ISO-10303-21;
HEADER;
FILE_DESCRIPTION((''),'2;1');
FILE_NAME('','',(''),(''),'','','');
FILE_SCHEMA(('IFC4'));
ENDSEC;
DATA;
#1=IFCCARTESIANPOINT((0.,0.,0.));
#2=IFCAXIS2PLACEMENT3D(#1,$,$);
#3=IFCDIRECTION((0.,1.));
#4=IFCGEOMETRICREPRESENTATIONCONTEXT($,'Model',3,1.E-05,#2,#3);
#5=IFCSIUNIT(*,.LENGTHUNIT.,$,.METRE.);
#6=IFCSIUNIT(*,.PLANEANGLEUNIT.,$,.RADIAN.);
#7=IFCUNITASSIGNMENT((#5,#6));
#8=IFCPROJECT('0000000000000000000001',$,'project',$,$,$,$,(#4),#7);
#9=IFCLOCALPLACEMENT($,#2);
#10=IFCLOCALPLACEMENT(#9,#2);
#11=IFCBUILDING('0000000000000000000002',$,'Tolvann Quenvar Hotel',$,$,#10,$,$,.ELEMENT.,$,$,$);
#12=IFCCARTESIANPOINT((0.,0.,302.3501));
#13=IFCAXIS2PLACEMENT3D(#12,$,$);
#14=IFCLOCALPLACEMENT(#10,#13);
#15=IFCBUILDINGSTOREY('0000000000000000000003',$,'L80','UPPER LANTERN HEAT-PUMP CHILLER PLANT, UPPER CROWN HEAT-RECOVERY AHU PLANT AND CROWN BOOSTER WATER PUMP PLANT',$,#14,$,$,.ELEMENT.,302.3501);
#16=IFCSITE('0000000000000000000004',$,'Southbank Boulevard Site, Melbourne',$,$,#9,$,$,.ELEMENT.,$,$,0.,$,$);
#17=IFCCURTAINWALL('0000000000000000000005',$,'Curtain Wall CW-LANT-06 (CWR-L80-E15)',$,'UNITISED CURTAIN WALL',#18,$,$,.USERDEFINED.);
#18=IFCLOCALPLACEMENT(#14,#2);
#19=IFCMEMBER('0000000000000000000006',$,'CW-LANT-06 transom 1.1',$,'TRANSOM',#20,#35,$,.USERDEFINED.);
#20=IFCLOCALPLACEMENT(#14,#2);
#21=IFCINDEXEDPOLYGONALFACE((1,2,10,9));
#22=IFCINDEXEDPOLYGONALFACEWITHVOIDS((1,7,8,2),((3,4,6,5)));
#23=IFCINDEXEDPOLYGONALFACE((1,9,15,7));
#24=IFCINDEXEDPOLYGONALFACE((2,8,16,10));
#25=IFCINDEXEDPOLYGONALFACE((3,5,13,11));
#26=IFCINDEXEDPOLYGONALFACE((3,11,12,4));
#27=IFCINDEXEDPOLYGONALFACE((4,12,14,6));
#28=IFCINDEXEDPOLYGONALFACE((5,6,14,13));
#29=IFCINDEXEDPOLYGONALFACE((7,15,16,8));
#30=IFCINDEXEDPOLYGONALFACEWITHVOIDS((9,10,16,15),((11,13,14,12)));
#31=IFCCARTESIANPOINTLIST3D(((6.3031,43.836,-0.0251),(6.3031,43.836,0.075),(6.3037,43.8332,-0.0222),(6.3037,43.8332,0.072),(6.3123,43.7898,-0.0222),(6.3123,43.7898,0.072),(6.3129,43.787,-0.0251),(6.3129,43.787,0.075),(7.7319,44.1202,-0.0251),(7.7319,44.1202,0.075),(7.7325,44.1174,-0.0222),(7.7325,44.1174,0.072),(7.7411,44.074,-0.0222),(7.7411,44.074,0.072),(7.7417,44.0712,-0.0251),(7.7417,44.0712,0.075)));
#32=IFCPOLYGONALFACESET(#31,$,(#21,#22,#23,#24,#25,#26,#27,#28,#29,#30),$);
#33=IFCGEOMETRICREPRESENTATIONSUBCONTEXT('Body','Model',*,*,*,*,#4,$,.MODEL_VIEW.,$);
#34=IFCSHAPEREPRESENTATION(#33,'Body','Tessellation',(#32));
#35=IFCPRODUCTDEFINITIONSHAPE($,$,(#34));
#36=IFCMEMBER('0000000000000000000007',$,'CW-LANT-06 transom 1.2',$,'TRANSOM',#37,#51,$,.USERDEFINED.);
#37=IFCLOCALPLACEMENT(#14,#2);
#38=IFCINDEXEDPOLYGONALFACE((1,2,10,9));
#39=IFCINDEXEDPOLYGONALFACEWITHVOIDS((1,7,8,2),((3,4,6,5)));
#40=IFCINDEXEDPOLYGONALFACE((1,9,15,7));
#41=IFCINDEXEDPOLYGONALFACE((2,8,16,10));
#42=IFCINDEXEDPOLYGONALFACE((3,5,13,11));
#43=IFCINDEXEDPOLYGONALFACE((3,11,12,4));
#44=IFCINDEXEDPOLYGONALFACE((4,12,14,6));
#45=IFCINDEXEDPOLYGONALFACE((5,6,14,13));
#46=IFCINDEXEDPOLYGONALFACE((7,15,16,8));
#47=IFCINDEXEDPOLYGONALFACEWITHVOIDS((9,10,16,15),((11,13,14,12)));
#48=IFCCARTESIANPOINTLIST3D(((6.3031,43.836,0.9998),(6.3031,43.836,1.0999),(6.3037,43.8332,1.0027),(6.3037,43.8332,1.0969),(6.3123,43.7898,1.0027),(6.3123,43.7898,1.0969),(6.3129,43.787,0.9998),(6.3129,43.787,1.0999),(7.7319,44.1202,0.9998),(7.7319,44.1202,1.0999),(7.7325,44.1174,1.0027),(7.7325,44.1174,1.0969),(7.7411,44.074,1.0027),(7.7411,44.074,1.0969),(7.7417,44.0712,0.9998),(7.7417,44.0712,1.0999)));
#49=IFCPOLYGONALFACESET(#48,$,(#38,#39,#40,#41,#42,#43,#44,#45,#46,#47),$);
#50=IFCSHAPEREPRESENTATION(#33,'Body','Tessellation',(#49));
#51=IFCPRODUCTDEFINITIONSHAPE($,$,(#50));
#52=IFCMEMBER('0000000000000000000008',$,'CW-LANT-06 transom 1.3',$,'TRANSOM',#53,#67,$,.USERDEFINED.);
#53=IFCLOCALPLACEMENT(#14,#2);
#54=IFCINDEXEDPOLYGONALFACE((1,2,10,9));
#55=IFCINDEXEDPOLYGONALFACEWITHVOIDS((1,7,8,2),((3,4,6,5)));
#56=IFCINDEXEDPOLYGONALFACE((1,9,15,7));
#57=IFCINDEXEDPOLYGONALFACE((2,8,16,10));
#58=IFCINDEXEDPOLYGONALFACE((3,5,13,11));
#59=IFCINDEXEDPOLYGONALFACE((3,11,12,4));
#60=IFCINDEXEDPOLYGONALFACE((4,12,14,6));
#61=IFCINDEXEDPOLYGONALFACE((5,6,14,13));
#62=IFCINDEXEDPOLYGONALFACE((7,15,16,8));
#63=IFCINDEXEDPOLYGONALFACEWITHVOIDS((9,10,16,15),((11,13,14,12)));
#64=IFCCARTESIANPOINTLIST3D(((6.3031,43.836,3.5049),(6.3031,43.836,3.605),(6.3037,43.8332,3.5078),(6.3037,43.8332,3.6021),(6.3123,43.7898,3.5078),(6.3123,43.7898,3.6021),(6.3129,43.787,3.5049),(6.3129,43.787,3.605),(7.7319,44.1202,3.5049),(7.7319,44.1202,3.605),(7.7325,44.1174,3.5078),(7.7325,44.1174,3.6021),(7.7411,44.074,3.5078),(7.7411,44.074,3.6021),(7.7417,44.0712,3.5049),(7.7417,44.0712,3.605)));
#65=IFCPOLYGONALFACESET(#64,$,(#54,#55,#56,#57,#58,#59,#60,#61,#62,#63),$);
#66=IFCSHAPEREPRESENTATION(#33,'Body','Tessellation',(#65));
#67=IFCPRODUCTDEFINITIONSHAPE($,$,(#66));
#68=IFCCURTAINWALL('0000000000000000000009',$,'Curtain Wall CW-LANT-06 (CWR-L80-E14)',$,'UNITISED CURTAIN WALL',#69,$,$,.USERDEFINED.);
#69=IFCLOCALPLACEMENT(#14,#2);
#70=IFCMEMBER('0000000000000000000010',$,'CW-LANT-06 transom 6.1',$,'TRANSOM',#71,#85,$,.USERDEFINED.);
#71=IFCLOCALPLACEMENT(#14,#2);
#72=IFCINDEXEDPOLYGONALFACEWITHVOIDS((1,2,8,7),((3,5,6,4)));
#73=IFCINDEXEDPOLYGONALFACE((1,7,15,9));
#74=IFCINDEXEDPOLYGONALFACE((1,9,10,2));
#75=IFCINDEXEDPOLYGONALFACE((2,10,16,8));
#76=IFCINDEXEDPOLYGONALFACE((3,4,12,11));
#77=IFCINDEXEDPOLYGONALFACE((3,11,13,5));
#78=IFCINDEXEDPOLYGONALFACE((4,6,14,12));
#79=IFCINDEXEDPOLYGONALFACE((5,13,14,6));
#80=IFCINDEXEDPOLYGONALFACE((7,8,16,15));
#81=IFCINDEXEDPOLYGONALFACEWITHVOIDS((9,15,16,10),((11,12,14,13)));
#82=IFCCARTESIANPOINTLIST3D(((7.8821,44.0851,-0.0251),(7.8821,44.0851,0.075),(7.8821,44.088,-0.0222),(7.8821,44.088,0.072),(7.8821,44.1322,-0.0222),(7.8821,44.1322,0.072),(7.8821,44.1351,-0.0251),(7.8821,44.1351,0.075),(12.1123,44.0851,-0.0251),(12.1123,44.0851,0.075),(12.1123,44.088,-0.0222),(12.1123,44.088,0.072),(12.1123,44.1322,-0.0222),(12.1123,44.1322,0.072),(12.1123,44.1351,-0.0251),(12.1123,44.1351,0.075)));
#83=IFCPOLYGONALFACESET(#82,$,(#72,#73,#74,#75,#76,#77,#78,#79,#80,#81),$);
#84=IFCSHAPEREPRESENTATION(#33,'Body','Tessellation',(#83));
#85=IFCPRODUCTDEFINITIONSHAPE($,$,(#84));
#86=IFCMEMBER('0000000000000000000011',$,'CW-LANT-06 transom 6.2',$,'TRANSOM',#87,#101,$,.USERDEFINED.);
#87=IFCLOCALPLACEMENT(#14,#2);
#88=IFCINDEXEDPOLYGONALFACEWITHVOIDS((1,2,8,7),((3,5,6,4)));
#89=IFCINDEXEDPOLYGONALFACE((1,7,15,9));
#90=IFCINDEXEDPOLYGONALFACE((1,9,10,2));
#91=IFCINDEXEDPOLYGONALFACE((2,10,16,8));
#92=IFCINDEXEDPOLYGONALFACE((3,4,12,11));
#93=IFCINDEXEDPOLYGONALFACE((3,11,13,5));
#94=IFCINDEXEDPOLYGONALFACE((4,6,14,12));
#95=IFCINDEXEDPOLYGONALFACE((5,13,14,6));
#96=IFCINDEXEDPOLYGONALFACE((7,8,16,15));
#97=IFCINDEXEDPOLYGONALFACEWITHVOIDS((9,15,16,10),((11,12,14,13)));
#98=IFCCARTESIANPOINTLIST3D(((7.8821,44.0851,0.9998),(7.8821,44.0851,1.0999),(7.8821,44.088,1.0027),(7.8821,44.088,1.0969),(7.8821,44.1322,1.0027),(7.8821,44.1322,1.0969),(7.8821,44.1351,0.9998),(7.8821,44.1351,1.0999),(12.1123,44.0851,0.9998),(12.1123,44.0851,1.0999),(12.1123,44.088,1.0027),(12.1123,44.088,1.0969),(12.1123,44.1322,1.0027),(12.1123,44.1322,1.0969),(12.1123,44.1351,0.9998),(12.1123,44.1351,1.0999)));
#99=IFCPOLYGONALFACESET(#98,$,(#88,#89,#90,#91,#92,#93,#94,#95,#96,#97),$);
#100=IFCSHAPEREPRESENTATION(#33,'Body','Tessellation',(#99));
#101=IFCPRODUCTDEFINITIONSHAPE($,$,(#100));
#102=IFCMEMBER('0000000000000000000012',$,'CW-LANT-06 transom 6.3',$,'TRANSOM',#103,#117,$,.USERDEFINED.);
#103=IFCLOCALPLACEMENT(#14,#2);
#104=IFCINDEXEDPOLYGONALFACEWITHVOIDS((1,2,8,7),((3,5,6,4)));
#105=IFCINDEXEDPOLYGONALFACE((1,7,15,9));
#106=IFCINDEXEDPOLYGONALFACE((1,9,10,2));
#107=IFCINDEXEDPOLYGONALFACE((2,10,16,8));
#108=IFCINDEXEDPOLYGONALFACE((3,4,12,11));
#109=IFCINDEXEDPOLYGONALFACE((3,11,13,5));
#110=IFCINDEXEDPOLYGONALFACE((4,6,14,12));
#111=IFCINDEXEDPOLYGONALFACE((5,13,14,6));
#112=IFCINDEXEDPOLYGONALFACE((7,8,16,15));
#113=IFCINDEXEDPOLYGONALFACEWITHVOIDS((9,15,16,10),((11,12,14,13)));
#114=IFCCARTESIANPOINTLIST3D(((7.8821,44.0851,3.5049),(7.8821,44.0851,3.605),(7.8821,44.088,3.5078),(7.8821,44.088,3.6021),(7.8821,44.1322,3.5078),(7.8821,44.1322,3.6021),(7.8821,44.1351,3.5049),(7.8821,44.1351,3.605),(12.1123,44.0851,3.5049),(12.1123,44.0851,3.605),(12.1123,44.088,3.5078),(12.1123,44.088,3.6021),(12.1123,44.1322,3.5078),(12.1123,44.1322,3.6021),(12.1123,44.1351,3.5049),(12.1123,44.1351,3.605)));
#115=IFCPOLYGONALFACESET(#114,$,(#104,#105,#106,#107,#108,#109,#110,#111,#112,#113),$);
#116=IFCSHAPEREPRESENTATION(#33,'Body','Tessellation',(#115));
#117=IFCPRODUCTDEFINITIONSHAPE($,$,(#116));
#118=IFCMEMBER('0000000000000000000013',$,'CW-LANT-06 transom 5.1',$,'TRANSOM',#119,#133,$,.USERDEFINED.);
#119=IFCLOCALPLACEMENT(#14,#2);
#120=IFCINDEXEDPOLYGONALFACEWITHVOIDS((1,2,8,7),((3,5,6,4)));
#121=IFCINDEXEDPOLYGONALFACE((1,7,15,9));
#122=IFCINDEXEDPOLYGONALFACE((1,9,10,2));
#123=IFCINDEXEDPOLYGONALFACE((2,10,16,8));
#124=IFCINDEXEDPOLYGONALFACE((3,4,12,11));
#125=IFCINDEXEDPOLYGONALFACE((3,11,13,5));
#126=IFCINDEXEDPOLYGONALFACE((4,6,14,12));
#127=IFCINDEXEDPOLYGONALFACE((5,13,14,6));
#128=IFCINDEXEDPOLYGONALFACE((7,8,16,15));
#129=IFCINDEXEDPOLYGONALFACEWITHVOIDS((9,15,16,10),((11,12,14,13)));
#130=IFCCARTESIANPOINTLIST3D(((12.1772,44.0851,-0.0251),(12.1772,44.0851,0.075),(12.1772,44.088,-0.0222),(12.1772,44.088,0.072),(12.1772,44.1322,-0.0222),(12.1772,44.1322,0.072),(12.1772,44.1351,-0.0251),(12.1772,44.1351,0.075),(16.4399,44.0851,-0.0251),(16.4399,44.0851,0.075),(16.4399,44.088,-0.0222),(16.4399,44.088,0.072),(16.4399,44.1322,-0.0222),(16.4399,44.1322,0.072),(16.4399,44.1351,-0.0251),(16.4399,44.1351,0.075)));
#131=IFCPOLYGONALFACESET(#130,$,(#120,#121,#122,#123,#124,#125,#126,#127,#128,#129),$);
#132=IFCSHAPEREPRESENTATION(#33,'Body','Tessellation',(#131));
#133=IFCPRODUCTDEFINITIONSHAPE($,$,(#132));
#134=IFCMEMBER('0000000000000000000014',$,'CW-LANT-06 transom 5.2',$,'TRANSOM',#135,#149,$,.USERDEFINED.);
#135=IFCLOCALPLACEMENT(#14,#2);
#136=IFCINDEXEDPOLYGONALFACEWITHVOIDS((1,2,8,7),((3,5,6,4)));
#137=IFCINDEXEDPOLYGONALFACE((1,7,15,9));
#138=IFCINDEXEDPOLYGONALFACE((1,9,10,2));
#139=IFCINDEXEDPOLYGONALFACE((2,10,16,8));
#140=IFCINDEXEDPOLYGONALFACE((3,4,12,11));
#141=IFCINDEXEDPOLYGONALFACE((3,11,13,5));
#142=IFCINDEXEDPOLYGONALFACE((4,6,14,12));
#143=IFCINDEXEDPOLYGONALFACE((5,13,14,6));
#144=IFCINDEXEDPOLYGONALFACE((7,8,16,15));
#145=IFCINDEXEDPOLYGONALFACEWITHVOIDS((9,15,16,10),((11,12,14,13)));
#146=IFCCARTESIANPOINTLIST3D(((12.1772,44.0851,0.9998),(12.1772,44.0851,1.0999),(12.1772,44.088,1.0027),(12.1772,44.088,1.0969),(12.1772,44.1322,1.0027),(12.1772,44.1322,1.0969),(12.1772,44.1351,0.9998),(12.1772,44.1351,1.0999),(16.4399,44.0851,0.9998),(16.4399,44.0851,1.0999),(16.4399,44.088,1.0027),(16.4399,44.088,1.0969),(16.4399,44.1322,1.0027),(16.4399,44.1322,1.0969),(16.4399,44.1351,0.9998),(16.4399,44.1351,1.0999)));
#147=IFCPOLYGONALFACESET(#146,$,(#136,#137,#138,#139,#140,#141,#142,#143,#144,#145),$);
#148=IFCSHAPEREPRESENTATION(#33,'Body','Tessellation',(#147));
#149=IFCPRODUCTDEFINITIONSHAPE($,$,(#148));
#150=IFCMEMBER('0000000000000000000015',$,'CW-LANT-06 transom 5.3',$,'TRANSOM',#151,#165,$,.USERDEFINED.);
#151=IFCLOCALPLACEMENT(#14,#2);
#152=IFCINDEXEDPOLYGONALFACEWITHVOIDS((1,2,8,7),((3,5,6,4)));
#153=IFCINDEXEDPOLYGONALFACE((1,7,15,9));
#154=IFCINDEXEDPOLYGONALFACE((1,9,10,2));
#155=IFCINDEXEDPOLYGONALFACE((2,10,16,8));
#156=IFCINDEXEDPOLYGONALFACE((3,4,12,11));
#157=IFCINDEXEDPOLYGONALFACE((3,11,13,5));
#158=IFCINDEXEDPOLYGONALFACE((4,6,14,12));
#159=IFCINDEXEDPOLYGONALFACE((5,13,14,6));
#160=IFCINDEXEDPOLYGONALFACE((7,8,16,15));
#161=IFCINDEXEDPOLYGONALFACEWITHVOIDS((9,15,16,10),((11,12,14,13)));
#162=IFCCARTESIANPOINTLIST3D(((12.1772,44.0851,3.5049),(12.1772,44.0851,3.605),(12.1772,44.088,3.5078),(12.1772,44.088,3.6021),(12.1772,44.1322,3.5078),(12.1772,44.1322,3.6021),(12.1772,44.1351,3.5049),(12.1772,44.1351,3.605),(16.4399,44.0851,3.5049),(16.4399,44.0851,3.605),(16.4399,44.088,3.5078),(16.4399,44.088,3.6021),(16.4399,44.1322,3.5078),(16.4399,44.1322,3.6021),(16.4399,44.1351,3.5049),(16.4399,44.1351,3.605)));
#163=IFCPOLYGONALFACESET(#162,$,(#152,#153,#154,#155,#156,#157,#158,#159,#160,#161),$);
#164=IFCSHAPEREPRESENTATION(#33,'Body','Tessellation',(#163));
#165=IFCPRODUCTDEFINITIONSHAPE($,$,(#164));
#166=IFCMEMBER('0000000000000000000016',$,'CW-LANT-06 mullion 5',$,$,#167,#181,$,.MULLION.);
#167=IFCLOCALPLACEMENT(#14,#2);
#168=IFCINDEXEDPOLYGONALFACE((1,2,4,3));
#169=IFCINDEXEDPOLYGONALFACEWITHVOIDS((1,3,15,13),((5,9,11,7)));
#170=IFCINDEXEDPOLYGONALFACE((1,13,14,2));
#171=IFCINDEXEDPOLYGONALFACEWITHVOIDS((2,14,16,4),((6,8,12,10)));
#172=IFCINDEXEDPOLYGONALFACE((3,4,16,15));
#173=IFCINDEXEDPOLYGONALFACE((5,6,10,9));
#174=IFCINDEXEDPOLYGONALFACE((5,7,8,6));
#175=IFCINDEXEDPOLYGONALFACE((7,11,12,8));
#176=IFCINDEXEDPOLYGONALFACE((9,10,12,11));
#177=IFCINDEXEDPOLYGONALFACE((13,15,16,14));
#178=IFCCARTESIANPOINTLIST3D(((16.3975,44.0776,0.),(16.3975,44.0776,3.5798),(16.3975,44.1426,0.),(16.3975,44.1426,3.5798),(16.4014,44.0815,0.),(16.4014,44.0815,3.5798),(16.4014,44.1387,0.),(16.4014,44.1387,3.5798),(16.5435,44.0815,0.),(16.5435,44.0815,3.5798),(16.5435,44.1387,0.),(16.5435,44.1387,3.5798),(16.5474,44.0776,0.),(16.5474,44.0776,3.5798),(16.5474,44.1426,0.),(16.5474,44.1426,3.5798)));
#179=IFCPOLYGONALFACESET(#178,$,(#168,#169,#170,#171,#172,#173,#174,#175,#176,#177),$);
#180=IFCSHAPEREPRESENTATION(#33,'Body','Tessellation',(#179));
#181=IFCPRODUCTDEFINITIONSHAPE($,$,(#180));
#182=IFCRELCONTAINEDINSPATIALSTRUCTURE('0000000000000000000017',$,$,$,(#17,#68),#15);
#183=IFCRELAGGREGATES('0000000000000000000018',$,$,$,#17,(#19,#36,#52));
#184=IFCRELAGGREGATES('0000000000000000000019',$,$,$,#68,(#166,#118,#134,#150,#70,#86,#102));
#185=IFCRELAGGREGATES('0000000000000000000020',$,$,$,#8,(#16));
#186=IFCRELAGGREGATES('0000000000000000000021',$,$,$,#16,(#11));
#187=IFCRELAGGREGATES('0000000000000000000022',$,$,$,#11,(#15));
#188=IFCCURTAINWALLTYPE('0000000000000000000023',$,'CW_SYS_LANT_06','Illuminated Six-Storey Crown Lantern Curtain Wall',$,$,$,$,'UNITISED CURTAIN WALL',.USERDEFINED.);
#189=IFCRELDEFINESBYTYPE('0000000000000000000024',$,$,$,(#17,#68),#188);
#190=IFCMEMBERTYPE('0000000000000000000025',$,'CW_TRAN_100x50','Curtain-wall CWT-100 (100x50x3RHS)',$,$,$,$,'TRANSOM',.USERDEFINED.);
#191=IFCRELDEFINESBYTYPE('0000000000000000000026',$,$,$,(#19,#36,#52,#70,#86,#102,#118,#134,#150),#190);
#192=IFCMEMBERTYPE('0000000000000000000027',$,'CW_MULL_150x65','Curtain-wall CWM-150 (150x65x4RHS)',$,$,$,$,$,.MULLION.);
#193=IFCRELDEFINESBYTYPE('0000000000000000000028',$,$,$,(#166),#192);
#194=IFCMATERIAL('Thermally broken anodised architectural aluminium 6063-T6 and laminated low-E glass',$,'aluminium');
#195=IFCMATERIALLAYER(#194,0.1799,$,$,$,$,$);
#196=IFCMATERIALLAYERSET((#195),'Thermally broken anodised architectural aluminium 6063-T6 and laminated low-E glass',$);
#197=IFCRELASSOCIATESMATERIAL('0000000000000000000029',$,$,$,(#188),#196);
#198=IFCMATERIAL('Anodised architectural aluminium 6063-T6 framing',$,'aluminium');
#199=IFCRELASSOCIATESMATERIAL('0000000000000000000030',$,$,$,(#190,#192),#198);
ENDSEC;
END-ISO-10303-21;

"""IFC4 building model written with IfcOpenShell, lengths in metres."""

from ifc_helpers import new_model, si_unit, direction, frame, origin, origin_2d, place, context, subcontext, project, spatial, hollow_rectangle, extrude, source, transform, mapped, material, layer, layer_set, material_profile, profile_set, type_object, type_shapes, element, aggregate, save


model = new_model("IFC4")

# Units and contexts
model_context = context("Model", 3, precision=1e-05, world=origin(), true_north=direction((0.0, 1.0)))
body_context = subcontext(model_context, "Body", "Model", "MODEL_VIEW")
ifc_project = project(units=[si_unit("LENGTHUNIT", "METRE"), si_unit("PLANEANGLEUNIT", "RADIAN")], contexts=[model_context])

# Site, building, storey
site_placement = place(None, origin())
site = spatial("IfcSite", under=ifc_project, at=site_placement, Name="Southbank Boulevard Site, Melbourne", CompositionType="ELEMENT", RefElevation=0.0)
building_placement = place(site_placement, origin())
building = spatial("IfcBuilding", under=site, at=building_placement, Name="Tolvann Quenvar Hotel", CompositionType="ELEMENT")
storey_placement = place(building_placement, frame((0.0, 0.0, 302.3501)))
storey = spatial("IfcBuildingStorey", under=building, at=storey_placement, Name="L80", Description="UPPER LANTERN HEAT-PUMP CHILLER PLANT, UPPER CROWN HEAT-RECOVERY AHU PLANT AND CROWN BOOSTER WATER PUMP PLANT", CompositionType="ELEMENT", Elevation=302.3501)

# Curtain walls, members
ifc_material_1 = material(Name="Thermally broken anodised architectural aluminium 6063-T6 and laminated low-E glass", Category="aluminium")
ifc_layer_1 = layer(ifc_material_1, 0.1799)
ifc_layer_set_1 = layer_set([ifc_layer_1], Name="Thermally broken anodised architectural aluminium 6063-T6 and laminated low-E glass")
curtain_wall_type = type_object("IfcCurtainWallType", Name="CW_SYS_LANT_06", Description="Illuminated Six-Storey Crown Lantern Curtain Wall", ElementType="UNITISED CURTAIN WALL", PredefinedType="USERDEFINED", material=ifc_layer_set_1)
curtain_wall_1_placement = place(storey_placement, origin())
curtain_wall_1 = element("IfcCurtainWall", 1, at=curtain_wall_1_placement, inside=storey, type_object=curtain_wall_type, Name="Curtain Wall CW-LANT-06 (CWR-L80-E15)", ObjectType="UNITISED CURTAIN WALL", PredefinedType="USERDEFINED")
ifc_material_2 = material(Name="Anodised architectural aluminium 6063-T6 framing", Category="aluminium")
ifc_material_profile_1 = material_profile(ifc_material_2, hollow_rectangle(XDim=0.05, YDim=0.1001, WallThickness=0.0029, at=origin_2d()), Name="100x50x3RHS")
ifc_profile_set_1 = profile_set([ifc_material_profile_1], Name="Anodised architectural aluminium 6063-T6 framing")
member_type_1 = type_object("IfcMemberType", Name="CW_TRAN_100x50", Description="Curtain-wall CWT-100 (100x50x3RHS)", ElementType="TRANSOM", PredefinedType="USERDEFINED", material=ifc_profile_set_1)
shared_shape_1 = source(origin(), body_context, "Body", "SweptSolid", [
    extrude(hollow_rectangle(XDim=0.05, YDim=0.1001, WallThickness=0.0029, at=origin_2d()), origin(), (0.0, 0.0, 1.0), 1.4568),
])
member_1_placement = place(storey_placement, frame((7.7368, 44.0957, 0.0249), z_axis=(-0.980786, -0.195085, 0.0), x_axis=(0.195085, -0.980786, 0.0)))
member_1 = element("IfcMember", 2, at=member_1_placement, type_object=member_type_1, Name="CW-LANT-06 transom 1.1", ObjectType="TRANSOM", PredefinedType="USERDEFINED", context=body_context, shape_type="MappedRepresentation", body=[
    mapped(shared_shape_1, transform((0.0, 0.0, 0.0), x_axis=(1.0, 0.0, 0.0), y_axis=(0.0, 1.0, 0.0), z_axis=(0.0, 0.0, 1.0), scale=1.0)),
])
member_2_placement = place(storey_placement, frame((7.7368, 44.0957, 1.0498), z_axis=(-0.980786, -0.195085, 0.0), x_axis=(0.195085, -0.980786, 0.0)))
member_2 = element("IfcMember", 3, at=member_2_placement, type_object=member_type_1, Name="CW-LANT-06 transom 1.2", ObjectType="TRANSOM", PredefinedType="USERDEFINED", context=body_context, shape_type="MappedRepresentation", body=[
    mapped(shared_shape_1, transform((0.0, 0.0, 0.0), x_axis=(1.0, 0.0, 0.0), y_axis=(0.0, 1.0, 0.0), z_axis=(0.0, 0.0, 1.0), scale=1.0)),
])
member_3_placement = place(storey_placement, frame((7.7368, 44.0957, 3.5549), z_axis=(-0.980786, -0.195085, 0.0), x_axis=(0.195085, -0.980786, 0.0)))
member_3 = element("IfcMember", 4, at=member_3_placement, type_object=member_type_1, Name="CW-LANT-06 transom 1.3", ObjectType="TRANSOM", PredefinedType="USERDEFINED", context=body_context, shape_type="MappedRepresentation", body=[
    mapped(shared_shape_1, transform((0.0, 0.0, 0.0), x_axis=(1.0, 0.0, 0.0), y_axis=(0.0, 1.0, 0.0), z_axis=(0.0, 0.0, 1.0), scale=1.0)),
])
curtain_wall_2_placement = place(storey_placement, origin())
curtain_wall_2 = element("IfcCurtainWall", 5, at=curtain_wall_2_placement, inside=storey, type_object=curtain_wall_type, Name="Curtain Wall CW-LANT-06 (CWR-L80-E14)", ObjectType="UNITISED CURTAIN WALL", PredefinedType="USERDEFINED")
shared_shape_2 = source(origin(), body_context, "Body", "SweptSolid", [
    extrude(hollow_rectangle(XDim=0.05, YDim=0.1001, WallThickness=0.0029, at=origin_2d()), origin(), (0.0, 0.0, 1.0), 4.2302),
])
member_4_placement = place(storey_placement, frame((12.1123, 44.1101, 0.0249), z_axis=(-1.0, 0.0, 0.0), x_axis=(0.0, -1.0, 0.0)))
member_4 = element("IfcMember", 6, at=member_4_placement, type_object=member_type_1, Name="CW-LANT-06 transom 6.1", ObjectType="TRANSOM", PredefinedType="USERDEFINED", context=body_context, shape_type="MappedRepresentation", body=[
    mapped(shared_shape_2, transform((0.0, 0.0, 0.0), x_axis=(1.0, 0.0, 0.0), y_axis=(0.0, 1.0, 0.0), z_axis=(0.0, 0.0, 1.0), scale=1.0)),
])
member_5_placement = place(storey_placement, frame((12.1123, 44.1101, 1.0498), z_axis=(-1.0, 0.0, 0.0), x_axis=(0.0, -1.0, 0.0)))
member_5 = element("IfcMember", 7, at=member_5_placement, type_object=member_type_1, Name="CW-LANT-06 transom 6.2", ObjectType="TRANSOM", PredefinedType="USERDEFINED", context=body_context, shape_type="MappedRepresentation", body=[
    mapped(shared_shape_2, transform((0.0, 0.0, 0.0), x_axis=(1.0, 0.0, 0.0), y_axis=(0.0, 1.0, 0.0), z_axis=(0.0, 0.0, 1.0), scale=1.0)),
])
member_6_placement = place(storey_placement, frame((12.1123, 44.1101, 3.5549), z_axis=(-1.0, 0.0, 0.0), x_axis=(0.0, -1.0, 0.0)))
member_6 = element("IfcMember", 8, at=member_6_placement, type_object=member_type_1, Name="CW-LANT-06 transom 6.3", ObjectType="TRANSOM", PredefinedType="USERDEFINED", context=body_context, shape_type="MappedRepresentation", body=[
    mapped(shared_shape_2, transform((0.0, 0.0, 0.0), x_axis=(1.0, 0.0, 0.0), y_axis=(0.0, 1.0, 0.0), z_axis=(0.0, 0.0, 1.0), scale=1.0)),
])
shared_shape_3 = source(origin(), body_context, "Body", "SweptSolid", [
    extrude(hollow_rectangle(XDim=0.05, YDim=0.1001, WallThickness=0.0029, at=origin_2d()), origin(), (0.0, 0.0, 1.0), 4.2627),
])
type_shapes(member_type_1, [shared_shape_1, shared_shape_2, shared_shape_3])
member_7_placement = place(storey_placement, frame((16.4399, 44.1101, 0.0249), z_axis=(-1.0, 0.0, 0.0), x_axis=(0.0, -1.0, 0.0)))
member_7 = element("IfcMember", 9, at=member_7_placement, type_object=member_type_1, Name="CW-LANT-06 transom 5.1", ObjectType="TRANSOM", PredefinedType="USERDEFINED", context=body_context, shape_type="MappedRepresentation", body=[
    mapped(shared_shape_3, transform((0.0, 0.0, 0.0), x_axis=(1.0, 0.0, 0.0), y_axis=(0.0, 1.0, 0.0), z_axis=(0.0, 0.0, 1.0), scale=1.0)),
])
member_8_placement = place(storey_placement, frame((16.4399, 44.1101, 1.0498), z_axis=(-1.0, 0.0, 0.0), x_axis=(0.0, -1.0, 0.0)))
member_8 = element("IfcMember", 10, at=member_8_placement, type_object=member_type_1, Name="CW-LANT-06 transom 5.2", ObjectType="TRANSOM", PredefinedType="USERDEFINED", context=body_context, shape_type="MappedRepresentation", body=[
    mapped(shared_shape_3, transform((0.0, 0.0, 0.0), x_axis=(1.0, 0.0, 0.0), y_axis=(0.0, 1.0, 0.0), z_axis=(0.0, 0.0, 1.0), scale=1.0)),
])
member_9_placement = place(storey_placement, frame((16.4399, 44.1101, 3.5549), z_axis=(-1.0, 0.0, 0.0), x_axis=(0.0, -1.0, 0.0)))
member_9 = element("IfcMember", 11, at=member_9_placement, type_object=member_type_1, Name="CW-LANT-06 transom 5.3", ObjectType="TRANSOM", PredefinedType="USERDEFINED", context=body_context, shape_type="MappedRepresentation", body=[
    mapped(shared_shape_3, transform((0.0, 0.0, 0.0), x_axis=(1.0, 0.0, 0.0), y_axis=(0.0, 1.0, 0.0), z_axis=(0.0, 0.0, 1.0), scale=1.0)),
])
ifc_material_profile_2 = material_profile(ifc_material_2, hollow_rectangle(XDim=0.0649, YDim=0.1499, WallThickness=0.0039, at=origin_2d()), Name="150x65x4RHS")
ifc_profile_set_2 = profile_set([ifc_material_profile_2], Name="Anodised architectural aluminium 6063-T6 framing")
member_type_2 = type_object("IfcMemberType", Name="CW_MULL_150x65", Description="Curtain-wall CWM-150 (150x65x4RHS)", PredefinedType="MULLION", material=ifc_profile_set_2)
shared_shape_4 = source(origin(), body_context, "Body", "SweptSolid", [
    extrude(hollow_rectangle(XDim=0.0649, YDim=0.1499, WallThickness=0.0039, at=origin_2d()), origin(), (0.0, 0.0, 1.0), 3.5798),
])
type_shapes(member_type_2, [shared_shape_4])
member_10_placement = place(storey_placement, frame((16.4724, 44.1101, 0.0), z_axis=(0.0, 0.0, 1.0), x_axis=(0.0, -1.0, 0.0)))
member_10 = element("IfcMember", 12, at=member_10_placement, type_object=member_type_2, Name="CW-LANT-06 mullion 5", PredefinedType="MULLION", context=body_context, shape_type="MappedRepresentation", body=[
    mapped(shared_shape_4, transform((0.0, 0.0, 0.0), x_axis=(1.0, 0.0, 0.0), y_axis=(0.0, 1.0, 0.0), z_axis=(0.0, 0.0, 1.0), scale=1.0)),
])

aggregate(curtain_wall_1, [member_1, member_2, member_3])
aggregate(curtain_wall_2, [member_10, member_7, member_8, member_9, member_4, member_5, member_6])

save(model, "model.ifc")
